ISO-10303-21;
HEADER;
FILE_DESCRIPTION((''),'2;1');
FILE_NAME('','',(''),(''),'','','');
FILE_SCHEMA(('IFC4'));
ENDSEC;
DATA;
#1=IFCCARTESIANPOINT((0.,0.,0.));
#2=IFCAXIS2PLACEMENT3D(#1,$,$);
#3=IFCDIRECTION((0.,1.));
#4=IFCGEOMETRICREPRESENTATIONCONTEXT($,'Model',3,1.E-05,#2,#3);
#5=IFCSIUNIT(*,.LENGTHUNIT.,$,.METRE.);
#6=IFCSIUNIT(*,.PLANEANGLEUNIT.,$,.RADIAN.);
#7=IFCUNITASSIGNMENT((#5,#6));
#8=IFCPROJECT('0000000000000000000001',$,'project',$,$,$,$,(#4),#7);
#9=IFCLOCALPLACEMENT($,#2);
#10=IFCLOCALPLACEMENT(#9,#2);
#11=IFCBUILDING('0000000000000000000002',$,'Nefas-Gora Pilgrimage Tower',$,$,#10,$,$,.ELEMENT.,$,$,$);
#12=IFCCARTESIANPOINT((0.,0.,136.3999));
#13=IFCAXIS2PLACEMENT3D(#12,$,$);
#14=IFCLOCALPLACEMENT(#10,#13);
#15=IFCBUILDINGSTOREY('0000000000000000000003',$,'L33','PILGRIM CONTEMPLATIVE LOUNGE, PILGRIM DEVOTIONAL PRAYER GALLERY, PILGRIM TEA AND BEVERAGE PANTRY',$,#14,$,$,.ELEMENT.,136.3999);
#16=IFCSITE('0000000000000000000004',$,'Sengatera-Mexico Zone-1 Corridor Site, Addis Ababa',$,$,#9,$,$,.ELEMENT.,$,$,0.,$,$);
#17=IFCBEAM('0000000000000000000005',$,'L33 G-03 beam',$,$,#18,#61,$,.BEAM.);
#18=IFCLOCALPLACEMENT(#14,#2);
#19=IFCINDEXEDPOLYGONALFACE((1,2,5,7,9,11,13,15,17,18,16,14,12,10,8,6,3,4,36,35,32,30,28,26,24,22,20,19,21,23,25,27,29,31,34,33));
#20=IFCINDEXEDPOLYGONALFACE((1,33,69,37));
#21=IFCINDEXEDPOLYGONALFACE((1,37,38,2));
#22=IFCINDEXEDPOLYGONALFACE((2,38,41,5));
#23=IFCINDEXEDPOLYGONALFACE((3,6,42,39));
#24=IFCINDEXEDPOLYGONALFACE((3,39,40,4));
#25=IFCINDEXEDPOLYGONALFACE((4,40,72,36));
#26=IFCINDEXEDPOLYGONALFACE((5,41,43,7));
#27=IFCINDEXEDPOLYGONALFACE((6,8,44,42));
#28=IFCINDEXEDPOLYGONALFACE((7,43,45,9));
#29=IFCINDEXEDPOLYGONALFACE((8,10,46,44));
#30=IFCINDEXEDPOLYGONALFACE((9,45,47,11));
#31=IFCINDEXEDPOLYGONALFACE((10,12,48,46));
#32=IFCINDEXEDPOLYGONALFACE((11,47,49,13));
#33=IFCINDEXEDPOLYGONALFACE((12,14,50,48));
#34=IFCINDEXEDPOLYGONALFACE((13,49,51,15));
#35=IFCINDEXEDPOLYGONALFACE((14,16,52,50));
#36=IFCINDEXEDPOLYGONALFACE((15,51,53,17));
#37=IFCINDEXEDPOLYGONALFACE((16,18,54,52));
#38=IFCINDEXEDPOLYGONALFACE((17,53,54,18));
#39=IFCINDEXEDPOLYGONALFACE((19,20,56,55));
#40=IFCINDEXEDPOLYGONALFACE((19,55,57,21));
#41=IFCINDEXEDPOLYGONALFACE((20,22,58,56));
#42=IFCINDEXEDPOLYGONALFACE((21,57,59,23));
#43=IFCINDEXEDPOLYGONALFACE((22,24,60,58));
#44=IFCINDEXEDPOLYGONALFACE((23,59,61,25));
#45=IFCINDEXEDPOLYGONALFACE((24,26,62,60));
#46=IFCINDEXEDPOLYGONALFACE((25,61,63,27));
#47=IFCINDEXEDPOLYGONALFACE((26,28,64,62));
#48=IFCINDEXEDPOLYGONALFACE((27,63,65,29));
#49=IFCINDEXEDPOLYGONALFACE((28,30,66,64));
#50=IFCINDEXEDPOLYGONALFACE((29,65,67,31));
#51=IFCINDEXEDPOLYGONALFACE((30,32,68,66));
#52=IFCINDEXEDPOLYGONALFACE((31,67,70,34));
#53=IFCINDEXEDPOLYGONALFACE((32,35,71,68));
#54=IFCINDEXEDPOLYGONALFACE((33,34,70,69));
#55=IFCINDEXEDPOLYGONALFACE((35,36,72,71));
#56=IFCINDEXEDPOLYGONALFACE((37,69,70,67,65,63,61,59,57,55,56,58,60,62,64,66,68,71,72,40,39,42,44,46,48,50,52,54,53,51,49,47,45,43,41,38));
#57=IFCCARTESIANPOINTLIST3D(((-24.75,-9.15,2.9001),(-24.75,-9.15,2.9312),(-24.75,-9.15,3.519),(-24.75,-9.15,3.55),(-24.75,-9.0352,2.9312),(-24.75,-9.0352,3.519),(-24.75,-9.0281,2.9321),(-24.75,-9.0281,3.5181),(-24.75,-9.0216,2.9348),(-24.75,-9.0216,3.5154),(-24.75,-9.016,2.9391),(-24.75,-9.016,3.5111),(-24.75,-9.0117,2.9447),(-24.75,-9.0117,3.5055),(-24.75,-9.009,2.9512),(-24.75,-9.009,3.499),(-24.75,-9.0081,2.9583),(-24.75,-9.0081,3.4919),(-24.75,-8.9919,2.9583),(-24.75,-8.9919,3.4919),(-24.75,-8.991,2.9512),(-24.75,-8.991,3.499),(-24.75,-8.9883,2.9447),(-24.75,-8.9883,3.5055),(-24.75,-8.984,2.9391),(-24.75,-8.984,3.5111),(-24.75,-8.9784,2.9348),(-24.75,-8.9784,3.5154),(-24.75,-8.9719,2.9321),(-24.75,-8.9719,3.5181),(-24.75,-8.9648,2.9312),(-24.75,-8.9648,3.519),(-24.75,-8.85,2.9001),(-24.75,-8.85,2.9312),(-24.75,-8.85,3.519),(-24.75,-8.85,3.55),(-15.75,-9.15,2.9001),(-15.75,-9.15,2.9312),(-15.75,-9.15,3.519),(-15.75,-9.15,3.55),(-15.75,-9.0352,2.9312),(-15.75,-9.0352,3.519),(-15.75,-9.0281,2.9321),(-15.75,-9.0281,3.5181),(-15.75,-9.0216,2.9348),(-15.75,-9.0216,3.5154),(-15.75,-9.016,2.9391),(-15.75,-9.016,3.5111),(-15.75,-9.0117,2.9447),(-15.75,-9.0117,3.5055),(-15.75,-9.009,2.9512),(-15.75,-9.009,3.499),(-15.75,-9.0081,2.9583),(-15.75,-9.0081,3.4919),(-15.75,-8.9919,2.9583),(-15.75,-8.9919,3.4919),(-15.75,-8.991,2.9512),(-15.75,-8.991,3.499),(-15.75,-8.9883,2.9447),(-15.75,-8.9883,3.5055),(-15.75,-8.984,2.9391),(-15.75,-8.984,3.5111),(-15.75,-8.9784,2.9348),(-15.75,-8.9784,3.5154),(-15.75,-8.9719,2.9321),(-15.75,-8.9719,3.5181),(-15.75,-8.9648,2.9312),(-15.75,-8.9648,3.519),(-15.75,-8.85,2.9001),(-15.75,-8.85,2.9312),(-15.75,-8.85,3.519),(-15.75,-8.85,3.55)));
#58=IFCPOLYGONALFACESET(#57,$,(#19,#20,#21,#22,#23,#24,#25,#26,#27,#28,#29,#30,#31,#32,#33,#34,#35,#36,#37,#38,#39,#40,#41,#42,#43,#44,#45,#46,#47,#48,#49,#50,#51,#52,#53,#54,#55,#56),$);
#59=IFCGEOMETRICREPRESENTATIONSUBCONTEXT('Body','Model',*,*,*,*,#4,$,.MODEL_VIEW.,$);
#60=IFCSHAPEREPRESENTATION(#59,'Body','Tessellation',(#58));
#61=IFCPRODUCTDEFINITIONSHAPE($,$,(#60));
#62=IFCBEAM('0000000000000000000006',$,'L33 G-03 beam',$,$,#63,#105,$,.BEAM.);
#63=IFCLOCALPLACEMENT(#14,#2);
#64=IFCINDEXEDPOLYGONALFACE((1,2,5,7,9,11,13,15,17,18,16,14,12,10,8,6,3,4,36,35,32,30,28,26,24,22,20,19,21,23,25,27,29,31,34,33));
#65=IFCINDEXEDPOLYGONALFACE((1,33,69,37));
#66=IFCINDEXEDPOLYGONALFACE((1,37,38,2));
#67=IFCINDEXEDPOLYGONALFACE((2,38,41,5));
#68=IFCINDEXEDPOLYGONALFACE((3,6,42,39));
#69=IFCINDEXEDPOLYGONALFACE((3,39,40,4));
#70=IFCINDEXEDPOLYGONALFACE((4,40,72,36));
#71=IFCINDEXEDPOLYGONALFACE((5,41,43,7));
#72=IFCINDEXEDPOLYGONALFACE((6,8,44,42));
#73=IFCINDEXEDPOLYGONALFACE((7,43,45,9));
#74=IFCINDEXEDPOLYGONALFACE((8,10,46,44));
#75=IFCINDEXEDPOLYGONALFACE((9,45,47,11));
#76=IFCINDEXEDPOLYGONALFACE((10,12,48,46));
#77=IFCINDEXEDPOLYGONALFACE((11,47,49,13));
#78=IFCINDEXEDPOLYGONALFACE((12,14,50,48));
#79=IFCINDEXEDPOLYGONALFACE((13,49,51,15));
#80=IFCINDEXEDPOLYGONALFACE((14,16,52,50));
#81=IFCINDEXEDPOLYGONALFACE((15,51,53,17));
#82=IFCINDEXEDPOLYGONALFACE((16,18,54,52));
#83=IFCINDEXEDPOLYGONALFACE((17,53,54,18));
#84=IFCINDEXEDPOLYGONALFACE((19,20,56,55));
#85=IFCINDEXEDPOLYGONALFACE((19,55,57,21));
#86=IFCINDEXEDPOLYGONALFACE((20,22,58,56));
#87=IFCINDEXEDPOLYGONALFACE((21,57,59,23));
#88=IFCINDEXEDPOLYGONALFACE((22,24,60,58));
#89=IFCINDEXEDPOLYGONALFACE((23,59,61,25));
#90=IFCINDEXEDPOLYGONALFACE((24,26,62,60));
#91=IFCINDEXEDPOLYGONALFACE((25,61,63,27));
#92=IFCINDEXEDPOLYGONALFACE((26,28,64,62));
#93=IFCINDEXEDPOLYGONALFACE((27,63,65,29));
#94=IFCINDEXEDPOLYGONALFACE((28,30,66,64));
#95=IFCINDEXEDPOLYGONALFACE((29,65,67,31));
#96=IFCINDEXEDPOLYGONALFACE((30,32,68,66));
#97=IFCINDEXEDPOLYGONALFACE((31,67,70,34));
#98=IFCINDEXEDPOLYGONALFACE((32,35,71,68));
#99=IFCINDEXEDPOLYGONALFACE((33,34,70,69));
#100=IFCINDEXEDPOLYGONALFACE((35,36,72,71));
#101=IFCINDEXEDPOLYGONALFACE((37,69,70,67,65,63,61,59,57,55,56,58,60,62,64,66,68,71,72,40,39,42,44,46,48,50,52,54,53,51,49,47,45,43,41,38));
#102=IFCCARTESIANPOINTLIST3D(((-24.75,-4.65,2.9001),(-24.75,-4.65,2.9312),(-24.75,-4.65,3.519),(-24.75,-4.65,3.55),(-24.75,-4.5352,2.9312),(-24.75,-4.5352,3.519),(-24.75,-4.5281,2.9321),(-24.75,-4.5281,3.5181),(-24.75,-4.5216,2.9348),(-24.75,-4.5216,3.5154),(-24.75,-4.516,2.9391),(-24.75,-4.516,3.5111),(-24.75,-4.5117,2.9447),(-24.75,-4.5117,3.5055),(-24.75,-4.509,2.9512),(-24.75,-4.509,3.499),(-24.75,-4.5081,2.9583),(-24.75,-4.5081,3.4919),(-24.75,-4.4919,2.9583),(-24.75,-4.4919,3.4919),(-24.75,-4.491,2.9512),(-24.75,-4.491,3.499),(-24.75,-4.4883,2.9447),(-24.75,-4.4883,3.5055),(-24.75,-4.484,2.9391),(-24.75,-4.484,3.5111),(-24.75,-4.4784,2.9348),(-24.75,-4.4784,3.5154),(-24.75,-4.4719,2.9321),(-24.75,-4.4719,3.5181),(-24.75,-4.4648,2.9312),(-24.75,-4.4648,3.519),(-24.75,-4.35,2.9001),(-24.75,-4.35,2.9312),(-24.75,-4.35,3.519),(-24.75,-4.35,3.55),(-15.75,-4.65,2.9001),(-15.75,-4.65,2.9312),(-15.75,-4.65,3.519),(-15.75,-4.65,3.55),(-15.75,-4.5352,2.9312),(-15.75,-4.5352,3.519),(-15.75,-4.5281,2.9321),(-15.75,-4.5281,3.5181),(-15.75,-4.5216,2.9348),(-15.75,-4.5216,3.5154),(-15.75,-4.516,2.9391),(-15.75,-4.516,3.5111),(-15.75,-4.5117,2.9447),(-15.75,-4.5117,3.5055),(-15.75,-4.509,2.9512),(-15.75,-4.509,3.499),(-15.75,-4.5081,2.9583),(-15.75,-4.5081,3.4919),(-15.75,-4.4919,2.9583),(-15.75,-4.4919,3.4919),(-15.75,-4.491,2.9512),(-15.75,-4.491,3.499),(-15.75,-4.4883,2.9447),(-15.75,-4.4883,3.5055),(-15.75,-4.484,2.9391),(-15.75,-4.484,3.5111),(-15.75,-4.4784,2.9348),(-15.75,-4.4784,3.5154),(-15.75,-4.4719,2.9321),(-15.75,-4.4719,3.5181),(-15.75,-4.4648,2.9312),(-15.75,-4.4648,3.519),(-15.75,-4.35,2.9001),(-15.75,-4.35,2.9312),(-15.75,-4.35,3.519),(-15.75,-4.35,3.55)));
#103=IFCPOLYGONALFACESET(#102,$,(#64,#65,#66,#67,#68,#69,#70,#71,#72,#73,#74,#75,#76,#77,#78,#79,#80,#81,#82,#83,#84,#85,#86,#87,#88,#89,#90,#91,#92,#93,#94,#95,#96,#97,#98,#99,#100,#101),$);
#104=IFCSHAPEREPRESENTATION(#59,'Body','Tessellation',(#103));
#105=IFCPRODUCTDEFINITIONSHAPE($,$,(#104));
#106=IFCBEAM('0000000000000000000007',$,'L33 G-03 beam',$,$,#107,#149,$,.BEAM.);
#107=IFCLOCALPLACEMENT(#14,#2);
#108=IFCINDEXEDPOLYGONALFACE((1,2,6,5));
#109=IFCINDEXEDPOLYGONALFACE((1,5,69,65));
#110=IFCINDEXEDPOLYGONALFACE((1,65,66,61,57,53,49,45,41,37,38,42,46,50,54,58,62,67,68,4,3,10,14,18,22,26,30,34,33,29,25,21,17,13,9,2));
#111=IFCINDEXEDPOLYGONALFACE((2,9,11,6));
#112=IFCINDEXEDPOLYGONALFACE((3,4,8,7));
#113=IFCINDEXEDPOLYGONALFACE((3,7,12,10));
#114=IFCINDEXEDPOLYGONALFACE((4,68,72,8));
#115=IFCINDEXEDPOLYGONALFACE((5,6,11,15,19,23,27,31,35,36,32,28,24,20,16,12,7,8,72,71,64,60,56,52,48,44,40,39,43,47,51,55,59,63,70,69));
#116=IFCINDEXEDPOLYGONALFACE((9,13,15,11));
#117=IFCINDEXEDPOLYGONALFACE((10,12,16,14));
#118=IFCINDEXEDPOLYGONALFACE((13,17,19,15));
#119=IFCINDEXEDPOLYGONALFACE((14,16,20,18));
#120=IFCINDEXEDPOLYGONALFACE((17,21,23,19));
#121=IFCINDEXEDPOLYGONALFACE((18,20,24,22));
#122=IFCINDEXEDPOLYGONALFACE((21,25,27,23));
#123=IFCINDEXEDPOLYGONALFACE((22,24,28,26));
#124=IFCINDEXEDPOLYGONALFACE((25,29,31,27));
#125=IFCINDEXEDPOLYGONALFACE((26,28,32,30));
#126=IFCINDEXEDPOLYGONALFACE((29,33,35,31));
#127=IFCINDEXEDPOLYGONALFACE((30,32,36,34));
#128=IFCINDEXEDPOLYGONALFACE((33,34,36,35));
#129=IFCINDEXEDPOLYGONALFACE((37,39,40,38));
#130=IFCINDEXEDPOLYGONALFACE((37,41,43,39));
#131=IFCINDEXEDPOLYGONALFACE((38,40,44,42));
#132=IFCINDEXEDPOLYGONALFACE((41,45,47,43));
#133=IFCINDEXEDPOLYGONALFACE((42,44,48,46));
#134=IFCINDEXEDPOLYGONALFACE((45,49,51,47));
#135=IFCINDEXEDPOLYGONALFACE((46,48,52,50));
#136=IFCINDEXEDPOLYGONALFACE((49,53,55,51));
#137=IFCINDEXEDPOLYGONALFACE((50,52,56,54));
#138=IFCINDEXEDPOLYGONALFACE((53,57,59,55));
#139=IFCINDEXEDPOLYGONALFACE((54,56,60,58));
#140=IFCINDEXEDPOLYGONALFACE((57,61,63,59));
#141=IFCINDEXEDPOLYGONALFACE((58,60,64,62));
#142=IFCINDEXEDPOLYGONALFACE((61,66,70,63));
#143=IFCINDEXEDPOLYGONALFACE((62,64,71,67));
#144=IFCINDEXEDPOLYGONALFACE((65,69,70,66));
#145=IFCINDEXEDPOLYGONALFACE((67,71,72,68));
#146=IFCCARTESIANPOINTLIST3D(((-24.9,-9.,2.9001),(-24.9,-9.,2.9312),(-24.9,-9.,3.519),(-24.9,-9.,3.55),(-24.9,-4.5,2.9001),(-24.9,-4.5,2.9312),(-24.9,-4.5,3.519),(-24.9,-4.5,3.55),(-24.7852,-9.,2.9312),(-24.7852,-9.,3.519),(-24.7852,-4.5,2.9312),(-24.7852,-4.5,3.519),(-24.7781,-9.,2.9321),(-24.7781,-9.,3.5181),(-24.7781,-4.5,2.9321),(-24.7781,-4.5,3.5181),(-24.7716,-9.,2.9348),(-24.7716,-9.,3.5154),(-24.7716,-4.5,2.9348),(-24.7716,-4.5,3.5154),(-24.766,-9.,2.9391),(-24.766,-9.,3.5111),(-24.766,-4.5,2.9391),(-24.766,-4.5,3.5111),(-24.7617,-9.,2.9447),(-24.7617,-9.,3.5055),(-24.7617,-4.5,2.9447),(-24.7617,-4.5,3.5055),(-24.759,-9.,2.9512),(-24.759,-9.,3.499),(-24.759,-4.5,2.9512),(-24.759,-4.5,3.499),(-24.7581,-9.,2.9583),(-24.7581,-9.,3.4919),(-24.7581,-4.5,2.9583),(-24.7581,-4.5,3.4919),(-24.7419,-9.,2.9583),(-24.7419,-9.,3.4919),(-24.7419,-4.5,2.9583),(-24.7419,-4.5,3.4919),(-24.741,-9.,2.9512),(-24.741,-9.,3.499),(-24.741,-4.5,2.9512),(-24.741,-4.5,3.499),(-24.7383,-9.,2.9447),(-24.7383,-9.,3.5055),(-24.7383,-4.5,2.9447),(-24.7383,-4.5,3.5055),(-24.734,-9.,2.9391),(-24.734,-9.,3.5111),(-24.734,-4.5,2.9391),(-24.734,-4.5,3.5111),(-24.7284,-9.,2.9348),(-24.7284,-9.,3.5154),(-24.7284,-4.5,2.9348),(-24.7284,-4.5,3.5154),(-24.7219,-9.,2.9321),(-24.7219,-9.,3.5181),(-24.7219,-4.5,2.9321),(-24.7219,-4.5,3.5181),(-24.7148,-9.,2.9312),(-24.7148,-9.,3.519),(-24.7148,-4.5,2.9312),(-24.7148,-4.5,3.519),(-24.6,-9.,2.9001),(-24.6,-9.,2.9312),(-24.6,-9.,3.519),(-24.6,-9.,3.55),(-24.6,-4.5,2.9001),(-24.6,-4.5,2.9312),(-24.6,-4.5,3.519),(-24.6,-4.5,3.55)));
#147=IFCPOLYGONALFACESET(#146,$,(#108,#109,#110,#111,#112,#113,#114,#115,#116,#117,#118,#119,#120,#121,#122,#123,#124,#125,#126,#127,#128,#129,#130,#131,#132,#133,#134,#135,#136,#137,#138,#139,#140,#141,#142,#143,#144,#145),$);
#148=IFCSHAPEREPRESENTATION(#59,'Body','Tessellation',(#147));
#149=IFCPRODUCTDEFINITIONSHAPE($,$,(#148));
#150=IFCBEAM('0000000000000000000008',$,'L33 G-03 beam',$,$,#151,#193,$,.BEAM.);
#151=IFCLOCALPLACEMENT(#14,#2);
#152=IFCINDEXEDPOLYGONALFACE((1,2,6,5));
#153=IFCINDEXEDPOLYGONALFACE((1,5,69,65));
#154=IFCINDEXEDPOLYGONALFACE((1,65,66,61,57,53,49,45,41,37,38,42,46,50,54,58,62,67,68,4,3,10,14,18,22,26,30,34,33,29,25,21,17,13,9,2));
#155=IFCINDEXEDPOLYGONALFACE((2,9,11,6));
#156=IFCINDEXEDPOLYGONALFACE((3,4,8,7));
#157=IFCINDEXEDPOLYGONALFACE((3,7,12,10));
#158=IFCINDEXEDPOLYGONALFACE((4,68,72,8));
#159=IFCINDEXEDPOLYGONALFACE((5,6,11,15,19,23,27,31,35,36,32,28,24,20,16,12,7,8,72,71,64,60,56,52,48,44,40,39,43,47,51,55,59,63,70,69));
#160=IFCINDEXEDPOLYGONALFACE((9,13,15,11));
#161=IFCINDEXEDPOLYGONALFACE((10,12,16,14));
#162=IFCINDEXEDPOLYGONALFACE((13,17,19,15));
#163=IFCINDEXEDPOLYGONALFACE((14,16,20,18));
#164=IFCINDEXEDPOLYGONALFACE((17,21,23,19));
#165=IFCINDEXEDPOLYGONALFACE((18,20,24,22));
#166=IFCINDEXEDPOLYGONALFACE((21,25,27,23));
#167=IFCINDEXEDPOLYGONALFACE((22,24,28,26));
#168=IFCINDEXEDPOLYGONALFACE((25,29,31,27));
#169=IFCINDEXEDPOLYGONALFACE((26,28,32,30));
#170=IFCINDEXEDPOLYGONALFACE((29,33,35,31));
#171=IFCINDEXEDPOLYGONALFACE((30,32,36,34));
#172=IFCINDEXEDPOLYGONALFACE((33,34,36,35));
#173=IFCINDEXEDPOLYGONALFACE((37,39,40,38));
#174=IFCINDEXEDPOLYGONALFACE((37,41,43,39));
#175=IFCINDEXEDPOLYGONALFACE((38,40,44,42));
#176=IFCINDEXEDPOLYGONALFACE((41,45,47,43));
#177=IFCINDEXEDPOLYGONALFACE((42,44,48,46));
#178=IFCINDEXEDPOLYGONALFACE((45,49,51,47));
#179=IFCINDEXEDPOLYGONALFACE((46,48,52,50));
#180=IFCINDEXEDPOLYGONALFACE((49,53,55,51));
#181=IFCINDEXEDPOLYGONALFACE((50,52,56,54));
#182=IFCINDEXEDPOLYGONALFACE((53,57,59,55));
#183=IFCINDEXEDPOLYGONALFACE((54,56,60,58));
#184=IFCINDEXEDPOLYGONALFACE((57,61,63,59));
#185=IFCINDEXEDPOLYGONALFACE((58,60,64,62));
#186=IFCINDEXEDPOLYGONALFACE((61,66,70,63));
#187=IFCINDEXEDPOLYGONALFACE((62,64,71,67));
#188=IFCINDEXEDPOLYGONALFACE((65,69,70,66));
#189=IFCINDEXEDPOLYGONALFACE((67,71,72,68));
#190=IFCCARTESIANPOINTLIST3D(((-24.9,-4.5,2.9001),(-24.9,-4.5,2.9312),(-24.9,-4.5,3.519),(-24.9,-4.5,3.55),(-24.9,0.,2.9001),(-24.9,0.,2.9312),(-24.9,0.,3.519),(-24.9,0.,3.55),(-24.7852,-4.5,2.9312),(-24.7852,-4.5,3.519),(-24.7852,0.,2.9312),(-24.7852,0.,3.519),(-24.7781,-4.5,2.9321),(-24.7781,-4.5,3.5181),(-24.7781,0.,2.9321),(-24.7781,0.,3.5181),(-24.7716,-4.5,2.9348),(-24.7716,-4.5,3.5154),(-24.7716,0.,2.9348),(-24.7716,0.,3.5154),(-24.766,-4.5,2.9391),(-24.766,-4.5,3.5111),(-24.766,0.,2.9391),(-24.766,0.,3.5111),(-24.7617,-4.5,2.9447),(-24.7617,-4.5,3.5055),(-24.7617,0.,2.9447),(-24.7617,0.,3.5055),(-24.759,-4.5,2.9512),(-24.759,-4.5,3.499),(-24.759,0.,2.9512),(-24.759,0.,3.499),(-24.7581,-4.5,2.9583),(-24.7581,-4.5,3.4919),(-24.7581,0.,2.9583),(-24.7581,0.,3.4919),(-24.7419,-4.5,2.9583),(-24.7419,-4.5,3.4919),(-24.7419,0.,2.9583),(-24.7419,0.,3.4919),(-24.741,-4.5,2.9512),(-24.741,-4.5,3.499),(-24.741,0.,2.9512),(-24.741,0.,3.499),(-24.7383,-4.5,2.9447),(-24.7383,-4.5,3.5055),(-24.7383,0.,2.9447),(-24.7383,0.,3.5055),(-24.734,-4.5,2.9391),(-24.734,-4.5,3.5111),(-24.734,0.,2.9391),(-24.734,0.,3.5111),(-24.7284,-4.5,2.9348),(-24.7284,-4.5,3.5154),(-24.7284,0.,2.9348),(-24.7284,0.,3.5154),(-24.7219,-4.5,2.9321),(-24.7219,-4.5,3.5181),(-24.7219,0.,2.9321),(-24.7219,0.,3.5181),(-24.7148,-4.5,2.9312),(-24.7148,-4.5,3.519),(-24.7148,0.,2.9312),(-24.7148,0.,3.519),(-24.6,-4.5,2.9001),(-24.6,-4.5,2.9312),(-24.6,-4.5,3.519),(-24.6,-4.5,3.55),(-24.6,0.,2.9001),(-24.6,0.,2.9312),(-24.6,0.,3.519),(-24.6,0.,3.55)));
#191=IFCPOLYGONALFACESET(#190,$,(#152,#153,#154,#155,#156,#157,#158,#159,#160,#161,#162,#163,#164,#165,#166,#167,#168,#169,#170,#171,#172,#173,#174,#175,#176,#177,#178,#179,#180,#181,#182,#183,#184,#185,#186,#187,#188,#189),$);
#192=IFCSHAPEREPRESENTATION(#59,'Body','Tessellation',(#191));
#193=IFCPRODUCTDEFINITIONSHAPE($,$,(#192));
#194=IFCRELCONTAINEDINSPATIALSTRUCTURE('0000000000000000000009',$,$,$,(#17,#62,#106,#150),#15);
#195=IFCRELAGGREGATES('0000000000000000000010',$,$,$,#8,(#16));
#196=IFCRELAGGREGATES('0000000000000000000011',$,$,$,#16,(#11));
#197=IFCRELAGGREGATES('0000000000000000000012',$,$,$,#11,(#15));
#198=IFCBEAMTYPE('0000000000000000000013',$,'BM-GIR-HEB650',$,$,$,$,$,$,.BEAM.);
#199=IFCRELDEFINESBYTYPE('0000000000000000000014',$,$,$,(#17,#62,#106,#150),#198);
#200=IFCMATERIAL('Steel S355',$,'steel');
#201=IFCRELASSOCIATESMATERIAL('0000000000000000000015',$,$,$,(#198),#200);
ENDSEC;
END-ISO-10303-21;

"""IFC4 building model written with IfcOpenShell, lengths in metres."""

from ifc_helpers import new_model, si_unit, direction, frame, origin, origin_2d, place, context, subcontext, project, spatial, i_section, extrude, source, transform, mapped, material, material_profile, profile_set, type_object, element, save


model = new_model("IFC4")

# Units and contexts
model_context = context("Model", 3, precision=1e-05, world=origin(), true_north=direction((0.0, 1.0)))
body_context = subcontext(model_context, "Body", "Model", "MODEL_VIEW")
ifc_project = project(units=[si_unit("LENGTHUNIT", "METRE"), si_unit("PLANEANGLEUNIT", "RADIAN")], contexts=[model_context])

# Site, building, storey
site_placement = place(None, origin())
site = spatial("IfcSite", under=ifc_project, at=site_placement, Name="Sengatera-Mexico Zone-1 Corridor Site, Addis Ababa", CompositionType="ELEMENT", RefElevation=0.0)
building_placement = place(site_placement, origin())
building = spatial("IfcBuilding", under=site, at=building_placement, Name="Nefas-Gora Pilgrimage Tower", CompositionType="ELEMENT")
storey_placement = place(building_placement, frame((0.0, 0.0, 136.3999)))
storey = spatial("IfcBuildingStorey", under=building, at=storey_placement, Name="L33", Description="PILGRIM CONTEMPLATIVE LOUNGE, PILGRIM DEVOTIONAL PRAYER GALLERY, PILGRIM TEA AND BEVERAGE PANTRY", CompositionType="ELEMENT", Elevation=136.3999)

# Beams
ifc_material_1 = material(Name="Steel S355", Category="steel")
ifc_material_profile_1 = material_profile(ifc_material_1, i_section(OverallWidth=0.3, OverallDepth=0.6499, WebThickness=0.0161, FlangeThickness=0.031, FilletRadius=0.0271, at=origin_2d()), Name="HEB 650")
ifc_profile_set_1 = profile_set([ifc_material_profile_1], Name="Steel S355")
beam_type_1 = type_object("IfcBeamType", Name="BM-GIR-HEB650", PredefinedType="BEAM", material=ifc_profile_set_1)
shared_shape_1 = source(origin(), body_context, "Body", "SweptSolid", [
    extrude(i_section(OverallWidth=0.3, OverallDepth=0.6499, WebThickness=0.0161, FlangeThickness=0.031, FilletRadius=0.0271, at=origin_2d()), origin(), (0.0, 0.0, 1.0), 9.0),
])
for number, where, z_axis, x_axis, name in (
    (1, (-24.75, -9.0, 3.2251), (1.0, 0.0, 0.0), (0.0, 1.0, 0.0), "L33 G-03 beam"),
    (2, (-24.75, -4.5, 3.2251), (1.0, 0.0, 0.0), (0.0, 1.0, 0.0), "L33 G-03 beam"),
):
    element("IfcBeam", number, at=place(storey_placement, frame(where, z_axis=z_axis, x_axis=x_axis)), inside=storey, type_object=beam_type_1, Name=name, PredefinedType="BEAM", context=body_context, shape_type="MappedRepresentation", body=[
        mapped(shared_shape_1, transform((0.0, 0.0, 0.0), x_axis=(1.0, 0.0, 0.0), y_axis=(0.0, 1.0, 0.0), z_axis=(0.0, 0.0, 1.0), scale=1.0)),
    ])
shared_shape_2 = source(origin(), body_context, "Body", "SweptSolid", [
    extrude(i_section(OverallWidth=0.3, OverallDepth=0.6499, WebThickness=0.0161, FlangeThickness=0.031, FilletRadius=0.0271, at=origin_2d()), origin(), (0.0, 0.0, 1.0), 4.5),
])
for number, where, z_axis, x_axis, name in (
    (3, (-24.75, -9.0, 3.2251), (0.0, 1.0, 0.0), (-1.0, 0.0, 0.0), "L33 G-03 beam"),
    (4, (-24.75, -4.5, 3.2251), (0.0, 1.0, 0.0), (-1.0, 0.0, 0.0), "L33 G-03 beam"),
):
    element("IfcBeam", number, at=place(storey_placement, frame(where, z_axis=z_axis, x_axis=x_axis)), inside=storey, type_object=beam_type_1, Name=name, PredefinedType="BEAM", context=body_context, shape_type="MappedRepresentation", body=[
        mapped(shared_shape_2, transform((0.0, 0.0, 0.0), x_axis=(1.0, 0.0, 0.0), y_axis=(0.0, 1.0, 0.0), z_axis=(0.0, 0.0, 1.0), scale=1.0)),
    ])

save(model, "model.ifc")
